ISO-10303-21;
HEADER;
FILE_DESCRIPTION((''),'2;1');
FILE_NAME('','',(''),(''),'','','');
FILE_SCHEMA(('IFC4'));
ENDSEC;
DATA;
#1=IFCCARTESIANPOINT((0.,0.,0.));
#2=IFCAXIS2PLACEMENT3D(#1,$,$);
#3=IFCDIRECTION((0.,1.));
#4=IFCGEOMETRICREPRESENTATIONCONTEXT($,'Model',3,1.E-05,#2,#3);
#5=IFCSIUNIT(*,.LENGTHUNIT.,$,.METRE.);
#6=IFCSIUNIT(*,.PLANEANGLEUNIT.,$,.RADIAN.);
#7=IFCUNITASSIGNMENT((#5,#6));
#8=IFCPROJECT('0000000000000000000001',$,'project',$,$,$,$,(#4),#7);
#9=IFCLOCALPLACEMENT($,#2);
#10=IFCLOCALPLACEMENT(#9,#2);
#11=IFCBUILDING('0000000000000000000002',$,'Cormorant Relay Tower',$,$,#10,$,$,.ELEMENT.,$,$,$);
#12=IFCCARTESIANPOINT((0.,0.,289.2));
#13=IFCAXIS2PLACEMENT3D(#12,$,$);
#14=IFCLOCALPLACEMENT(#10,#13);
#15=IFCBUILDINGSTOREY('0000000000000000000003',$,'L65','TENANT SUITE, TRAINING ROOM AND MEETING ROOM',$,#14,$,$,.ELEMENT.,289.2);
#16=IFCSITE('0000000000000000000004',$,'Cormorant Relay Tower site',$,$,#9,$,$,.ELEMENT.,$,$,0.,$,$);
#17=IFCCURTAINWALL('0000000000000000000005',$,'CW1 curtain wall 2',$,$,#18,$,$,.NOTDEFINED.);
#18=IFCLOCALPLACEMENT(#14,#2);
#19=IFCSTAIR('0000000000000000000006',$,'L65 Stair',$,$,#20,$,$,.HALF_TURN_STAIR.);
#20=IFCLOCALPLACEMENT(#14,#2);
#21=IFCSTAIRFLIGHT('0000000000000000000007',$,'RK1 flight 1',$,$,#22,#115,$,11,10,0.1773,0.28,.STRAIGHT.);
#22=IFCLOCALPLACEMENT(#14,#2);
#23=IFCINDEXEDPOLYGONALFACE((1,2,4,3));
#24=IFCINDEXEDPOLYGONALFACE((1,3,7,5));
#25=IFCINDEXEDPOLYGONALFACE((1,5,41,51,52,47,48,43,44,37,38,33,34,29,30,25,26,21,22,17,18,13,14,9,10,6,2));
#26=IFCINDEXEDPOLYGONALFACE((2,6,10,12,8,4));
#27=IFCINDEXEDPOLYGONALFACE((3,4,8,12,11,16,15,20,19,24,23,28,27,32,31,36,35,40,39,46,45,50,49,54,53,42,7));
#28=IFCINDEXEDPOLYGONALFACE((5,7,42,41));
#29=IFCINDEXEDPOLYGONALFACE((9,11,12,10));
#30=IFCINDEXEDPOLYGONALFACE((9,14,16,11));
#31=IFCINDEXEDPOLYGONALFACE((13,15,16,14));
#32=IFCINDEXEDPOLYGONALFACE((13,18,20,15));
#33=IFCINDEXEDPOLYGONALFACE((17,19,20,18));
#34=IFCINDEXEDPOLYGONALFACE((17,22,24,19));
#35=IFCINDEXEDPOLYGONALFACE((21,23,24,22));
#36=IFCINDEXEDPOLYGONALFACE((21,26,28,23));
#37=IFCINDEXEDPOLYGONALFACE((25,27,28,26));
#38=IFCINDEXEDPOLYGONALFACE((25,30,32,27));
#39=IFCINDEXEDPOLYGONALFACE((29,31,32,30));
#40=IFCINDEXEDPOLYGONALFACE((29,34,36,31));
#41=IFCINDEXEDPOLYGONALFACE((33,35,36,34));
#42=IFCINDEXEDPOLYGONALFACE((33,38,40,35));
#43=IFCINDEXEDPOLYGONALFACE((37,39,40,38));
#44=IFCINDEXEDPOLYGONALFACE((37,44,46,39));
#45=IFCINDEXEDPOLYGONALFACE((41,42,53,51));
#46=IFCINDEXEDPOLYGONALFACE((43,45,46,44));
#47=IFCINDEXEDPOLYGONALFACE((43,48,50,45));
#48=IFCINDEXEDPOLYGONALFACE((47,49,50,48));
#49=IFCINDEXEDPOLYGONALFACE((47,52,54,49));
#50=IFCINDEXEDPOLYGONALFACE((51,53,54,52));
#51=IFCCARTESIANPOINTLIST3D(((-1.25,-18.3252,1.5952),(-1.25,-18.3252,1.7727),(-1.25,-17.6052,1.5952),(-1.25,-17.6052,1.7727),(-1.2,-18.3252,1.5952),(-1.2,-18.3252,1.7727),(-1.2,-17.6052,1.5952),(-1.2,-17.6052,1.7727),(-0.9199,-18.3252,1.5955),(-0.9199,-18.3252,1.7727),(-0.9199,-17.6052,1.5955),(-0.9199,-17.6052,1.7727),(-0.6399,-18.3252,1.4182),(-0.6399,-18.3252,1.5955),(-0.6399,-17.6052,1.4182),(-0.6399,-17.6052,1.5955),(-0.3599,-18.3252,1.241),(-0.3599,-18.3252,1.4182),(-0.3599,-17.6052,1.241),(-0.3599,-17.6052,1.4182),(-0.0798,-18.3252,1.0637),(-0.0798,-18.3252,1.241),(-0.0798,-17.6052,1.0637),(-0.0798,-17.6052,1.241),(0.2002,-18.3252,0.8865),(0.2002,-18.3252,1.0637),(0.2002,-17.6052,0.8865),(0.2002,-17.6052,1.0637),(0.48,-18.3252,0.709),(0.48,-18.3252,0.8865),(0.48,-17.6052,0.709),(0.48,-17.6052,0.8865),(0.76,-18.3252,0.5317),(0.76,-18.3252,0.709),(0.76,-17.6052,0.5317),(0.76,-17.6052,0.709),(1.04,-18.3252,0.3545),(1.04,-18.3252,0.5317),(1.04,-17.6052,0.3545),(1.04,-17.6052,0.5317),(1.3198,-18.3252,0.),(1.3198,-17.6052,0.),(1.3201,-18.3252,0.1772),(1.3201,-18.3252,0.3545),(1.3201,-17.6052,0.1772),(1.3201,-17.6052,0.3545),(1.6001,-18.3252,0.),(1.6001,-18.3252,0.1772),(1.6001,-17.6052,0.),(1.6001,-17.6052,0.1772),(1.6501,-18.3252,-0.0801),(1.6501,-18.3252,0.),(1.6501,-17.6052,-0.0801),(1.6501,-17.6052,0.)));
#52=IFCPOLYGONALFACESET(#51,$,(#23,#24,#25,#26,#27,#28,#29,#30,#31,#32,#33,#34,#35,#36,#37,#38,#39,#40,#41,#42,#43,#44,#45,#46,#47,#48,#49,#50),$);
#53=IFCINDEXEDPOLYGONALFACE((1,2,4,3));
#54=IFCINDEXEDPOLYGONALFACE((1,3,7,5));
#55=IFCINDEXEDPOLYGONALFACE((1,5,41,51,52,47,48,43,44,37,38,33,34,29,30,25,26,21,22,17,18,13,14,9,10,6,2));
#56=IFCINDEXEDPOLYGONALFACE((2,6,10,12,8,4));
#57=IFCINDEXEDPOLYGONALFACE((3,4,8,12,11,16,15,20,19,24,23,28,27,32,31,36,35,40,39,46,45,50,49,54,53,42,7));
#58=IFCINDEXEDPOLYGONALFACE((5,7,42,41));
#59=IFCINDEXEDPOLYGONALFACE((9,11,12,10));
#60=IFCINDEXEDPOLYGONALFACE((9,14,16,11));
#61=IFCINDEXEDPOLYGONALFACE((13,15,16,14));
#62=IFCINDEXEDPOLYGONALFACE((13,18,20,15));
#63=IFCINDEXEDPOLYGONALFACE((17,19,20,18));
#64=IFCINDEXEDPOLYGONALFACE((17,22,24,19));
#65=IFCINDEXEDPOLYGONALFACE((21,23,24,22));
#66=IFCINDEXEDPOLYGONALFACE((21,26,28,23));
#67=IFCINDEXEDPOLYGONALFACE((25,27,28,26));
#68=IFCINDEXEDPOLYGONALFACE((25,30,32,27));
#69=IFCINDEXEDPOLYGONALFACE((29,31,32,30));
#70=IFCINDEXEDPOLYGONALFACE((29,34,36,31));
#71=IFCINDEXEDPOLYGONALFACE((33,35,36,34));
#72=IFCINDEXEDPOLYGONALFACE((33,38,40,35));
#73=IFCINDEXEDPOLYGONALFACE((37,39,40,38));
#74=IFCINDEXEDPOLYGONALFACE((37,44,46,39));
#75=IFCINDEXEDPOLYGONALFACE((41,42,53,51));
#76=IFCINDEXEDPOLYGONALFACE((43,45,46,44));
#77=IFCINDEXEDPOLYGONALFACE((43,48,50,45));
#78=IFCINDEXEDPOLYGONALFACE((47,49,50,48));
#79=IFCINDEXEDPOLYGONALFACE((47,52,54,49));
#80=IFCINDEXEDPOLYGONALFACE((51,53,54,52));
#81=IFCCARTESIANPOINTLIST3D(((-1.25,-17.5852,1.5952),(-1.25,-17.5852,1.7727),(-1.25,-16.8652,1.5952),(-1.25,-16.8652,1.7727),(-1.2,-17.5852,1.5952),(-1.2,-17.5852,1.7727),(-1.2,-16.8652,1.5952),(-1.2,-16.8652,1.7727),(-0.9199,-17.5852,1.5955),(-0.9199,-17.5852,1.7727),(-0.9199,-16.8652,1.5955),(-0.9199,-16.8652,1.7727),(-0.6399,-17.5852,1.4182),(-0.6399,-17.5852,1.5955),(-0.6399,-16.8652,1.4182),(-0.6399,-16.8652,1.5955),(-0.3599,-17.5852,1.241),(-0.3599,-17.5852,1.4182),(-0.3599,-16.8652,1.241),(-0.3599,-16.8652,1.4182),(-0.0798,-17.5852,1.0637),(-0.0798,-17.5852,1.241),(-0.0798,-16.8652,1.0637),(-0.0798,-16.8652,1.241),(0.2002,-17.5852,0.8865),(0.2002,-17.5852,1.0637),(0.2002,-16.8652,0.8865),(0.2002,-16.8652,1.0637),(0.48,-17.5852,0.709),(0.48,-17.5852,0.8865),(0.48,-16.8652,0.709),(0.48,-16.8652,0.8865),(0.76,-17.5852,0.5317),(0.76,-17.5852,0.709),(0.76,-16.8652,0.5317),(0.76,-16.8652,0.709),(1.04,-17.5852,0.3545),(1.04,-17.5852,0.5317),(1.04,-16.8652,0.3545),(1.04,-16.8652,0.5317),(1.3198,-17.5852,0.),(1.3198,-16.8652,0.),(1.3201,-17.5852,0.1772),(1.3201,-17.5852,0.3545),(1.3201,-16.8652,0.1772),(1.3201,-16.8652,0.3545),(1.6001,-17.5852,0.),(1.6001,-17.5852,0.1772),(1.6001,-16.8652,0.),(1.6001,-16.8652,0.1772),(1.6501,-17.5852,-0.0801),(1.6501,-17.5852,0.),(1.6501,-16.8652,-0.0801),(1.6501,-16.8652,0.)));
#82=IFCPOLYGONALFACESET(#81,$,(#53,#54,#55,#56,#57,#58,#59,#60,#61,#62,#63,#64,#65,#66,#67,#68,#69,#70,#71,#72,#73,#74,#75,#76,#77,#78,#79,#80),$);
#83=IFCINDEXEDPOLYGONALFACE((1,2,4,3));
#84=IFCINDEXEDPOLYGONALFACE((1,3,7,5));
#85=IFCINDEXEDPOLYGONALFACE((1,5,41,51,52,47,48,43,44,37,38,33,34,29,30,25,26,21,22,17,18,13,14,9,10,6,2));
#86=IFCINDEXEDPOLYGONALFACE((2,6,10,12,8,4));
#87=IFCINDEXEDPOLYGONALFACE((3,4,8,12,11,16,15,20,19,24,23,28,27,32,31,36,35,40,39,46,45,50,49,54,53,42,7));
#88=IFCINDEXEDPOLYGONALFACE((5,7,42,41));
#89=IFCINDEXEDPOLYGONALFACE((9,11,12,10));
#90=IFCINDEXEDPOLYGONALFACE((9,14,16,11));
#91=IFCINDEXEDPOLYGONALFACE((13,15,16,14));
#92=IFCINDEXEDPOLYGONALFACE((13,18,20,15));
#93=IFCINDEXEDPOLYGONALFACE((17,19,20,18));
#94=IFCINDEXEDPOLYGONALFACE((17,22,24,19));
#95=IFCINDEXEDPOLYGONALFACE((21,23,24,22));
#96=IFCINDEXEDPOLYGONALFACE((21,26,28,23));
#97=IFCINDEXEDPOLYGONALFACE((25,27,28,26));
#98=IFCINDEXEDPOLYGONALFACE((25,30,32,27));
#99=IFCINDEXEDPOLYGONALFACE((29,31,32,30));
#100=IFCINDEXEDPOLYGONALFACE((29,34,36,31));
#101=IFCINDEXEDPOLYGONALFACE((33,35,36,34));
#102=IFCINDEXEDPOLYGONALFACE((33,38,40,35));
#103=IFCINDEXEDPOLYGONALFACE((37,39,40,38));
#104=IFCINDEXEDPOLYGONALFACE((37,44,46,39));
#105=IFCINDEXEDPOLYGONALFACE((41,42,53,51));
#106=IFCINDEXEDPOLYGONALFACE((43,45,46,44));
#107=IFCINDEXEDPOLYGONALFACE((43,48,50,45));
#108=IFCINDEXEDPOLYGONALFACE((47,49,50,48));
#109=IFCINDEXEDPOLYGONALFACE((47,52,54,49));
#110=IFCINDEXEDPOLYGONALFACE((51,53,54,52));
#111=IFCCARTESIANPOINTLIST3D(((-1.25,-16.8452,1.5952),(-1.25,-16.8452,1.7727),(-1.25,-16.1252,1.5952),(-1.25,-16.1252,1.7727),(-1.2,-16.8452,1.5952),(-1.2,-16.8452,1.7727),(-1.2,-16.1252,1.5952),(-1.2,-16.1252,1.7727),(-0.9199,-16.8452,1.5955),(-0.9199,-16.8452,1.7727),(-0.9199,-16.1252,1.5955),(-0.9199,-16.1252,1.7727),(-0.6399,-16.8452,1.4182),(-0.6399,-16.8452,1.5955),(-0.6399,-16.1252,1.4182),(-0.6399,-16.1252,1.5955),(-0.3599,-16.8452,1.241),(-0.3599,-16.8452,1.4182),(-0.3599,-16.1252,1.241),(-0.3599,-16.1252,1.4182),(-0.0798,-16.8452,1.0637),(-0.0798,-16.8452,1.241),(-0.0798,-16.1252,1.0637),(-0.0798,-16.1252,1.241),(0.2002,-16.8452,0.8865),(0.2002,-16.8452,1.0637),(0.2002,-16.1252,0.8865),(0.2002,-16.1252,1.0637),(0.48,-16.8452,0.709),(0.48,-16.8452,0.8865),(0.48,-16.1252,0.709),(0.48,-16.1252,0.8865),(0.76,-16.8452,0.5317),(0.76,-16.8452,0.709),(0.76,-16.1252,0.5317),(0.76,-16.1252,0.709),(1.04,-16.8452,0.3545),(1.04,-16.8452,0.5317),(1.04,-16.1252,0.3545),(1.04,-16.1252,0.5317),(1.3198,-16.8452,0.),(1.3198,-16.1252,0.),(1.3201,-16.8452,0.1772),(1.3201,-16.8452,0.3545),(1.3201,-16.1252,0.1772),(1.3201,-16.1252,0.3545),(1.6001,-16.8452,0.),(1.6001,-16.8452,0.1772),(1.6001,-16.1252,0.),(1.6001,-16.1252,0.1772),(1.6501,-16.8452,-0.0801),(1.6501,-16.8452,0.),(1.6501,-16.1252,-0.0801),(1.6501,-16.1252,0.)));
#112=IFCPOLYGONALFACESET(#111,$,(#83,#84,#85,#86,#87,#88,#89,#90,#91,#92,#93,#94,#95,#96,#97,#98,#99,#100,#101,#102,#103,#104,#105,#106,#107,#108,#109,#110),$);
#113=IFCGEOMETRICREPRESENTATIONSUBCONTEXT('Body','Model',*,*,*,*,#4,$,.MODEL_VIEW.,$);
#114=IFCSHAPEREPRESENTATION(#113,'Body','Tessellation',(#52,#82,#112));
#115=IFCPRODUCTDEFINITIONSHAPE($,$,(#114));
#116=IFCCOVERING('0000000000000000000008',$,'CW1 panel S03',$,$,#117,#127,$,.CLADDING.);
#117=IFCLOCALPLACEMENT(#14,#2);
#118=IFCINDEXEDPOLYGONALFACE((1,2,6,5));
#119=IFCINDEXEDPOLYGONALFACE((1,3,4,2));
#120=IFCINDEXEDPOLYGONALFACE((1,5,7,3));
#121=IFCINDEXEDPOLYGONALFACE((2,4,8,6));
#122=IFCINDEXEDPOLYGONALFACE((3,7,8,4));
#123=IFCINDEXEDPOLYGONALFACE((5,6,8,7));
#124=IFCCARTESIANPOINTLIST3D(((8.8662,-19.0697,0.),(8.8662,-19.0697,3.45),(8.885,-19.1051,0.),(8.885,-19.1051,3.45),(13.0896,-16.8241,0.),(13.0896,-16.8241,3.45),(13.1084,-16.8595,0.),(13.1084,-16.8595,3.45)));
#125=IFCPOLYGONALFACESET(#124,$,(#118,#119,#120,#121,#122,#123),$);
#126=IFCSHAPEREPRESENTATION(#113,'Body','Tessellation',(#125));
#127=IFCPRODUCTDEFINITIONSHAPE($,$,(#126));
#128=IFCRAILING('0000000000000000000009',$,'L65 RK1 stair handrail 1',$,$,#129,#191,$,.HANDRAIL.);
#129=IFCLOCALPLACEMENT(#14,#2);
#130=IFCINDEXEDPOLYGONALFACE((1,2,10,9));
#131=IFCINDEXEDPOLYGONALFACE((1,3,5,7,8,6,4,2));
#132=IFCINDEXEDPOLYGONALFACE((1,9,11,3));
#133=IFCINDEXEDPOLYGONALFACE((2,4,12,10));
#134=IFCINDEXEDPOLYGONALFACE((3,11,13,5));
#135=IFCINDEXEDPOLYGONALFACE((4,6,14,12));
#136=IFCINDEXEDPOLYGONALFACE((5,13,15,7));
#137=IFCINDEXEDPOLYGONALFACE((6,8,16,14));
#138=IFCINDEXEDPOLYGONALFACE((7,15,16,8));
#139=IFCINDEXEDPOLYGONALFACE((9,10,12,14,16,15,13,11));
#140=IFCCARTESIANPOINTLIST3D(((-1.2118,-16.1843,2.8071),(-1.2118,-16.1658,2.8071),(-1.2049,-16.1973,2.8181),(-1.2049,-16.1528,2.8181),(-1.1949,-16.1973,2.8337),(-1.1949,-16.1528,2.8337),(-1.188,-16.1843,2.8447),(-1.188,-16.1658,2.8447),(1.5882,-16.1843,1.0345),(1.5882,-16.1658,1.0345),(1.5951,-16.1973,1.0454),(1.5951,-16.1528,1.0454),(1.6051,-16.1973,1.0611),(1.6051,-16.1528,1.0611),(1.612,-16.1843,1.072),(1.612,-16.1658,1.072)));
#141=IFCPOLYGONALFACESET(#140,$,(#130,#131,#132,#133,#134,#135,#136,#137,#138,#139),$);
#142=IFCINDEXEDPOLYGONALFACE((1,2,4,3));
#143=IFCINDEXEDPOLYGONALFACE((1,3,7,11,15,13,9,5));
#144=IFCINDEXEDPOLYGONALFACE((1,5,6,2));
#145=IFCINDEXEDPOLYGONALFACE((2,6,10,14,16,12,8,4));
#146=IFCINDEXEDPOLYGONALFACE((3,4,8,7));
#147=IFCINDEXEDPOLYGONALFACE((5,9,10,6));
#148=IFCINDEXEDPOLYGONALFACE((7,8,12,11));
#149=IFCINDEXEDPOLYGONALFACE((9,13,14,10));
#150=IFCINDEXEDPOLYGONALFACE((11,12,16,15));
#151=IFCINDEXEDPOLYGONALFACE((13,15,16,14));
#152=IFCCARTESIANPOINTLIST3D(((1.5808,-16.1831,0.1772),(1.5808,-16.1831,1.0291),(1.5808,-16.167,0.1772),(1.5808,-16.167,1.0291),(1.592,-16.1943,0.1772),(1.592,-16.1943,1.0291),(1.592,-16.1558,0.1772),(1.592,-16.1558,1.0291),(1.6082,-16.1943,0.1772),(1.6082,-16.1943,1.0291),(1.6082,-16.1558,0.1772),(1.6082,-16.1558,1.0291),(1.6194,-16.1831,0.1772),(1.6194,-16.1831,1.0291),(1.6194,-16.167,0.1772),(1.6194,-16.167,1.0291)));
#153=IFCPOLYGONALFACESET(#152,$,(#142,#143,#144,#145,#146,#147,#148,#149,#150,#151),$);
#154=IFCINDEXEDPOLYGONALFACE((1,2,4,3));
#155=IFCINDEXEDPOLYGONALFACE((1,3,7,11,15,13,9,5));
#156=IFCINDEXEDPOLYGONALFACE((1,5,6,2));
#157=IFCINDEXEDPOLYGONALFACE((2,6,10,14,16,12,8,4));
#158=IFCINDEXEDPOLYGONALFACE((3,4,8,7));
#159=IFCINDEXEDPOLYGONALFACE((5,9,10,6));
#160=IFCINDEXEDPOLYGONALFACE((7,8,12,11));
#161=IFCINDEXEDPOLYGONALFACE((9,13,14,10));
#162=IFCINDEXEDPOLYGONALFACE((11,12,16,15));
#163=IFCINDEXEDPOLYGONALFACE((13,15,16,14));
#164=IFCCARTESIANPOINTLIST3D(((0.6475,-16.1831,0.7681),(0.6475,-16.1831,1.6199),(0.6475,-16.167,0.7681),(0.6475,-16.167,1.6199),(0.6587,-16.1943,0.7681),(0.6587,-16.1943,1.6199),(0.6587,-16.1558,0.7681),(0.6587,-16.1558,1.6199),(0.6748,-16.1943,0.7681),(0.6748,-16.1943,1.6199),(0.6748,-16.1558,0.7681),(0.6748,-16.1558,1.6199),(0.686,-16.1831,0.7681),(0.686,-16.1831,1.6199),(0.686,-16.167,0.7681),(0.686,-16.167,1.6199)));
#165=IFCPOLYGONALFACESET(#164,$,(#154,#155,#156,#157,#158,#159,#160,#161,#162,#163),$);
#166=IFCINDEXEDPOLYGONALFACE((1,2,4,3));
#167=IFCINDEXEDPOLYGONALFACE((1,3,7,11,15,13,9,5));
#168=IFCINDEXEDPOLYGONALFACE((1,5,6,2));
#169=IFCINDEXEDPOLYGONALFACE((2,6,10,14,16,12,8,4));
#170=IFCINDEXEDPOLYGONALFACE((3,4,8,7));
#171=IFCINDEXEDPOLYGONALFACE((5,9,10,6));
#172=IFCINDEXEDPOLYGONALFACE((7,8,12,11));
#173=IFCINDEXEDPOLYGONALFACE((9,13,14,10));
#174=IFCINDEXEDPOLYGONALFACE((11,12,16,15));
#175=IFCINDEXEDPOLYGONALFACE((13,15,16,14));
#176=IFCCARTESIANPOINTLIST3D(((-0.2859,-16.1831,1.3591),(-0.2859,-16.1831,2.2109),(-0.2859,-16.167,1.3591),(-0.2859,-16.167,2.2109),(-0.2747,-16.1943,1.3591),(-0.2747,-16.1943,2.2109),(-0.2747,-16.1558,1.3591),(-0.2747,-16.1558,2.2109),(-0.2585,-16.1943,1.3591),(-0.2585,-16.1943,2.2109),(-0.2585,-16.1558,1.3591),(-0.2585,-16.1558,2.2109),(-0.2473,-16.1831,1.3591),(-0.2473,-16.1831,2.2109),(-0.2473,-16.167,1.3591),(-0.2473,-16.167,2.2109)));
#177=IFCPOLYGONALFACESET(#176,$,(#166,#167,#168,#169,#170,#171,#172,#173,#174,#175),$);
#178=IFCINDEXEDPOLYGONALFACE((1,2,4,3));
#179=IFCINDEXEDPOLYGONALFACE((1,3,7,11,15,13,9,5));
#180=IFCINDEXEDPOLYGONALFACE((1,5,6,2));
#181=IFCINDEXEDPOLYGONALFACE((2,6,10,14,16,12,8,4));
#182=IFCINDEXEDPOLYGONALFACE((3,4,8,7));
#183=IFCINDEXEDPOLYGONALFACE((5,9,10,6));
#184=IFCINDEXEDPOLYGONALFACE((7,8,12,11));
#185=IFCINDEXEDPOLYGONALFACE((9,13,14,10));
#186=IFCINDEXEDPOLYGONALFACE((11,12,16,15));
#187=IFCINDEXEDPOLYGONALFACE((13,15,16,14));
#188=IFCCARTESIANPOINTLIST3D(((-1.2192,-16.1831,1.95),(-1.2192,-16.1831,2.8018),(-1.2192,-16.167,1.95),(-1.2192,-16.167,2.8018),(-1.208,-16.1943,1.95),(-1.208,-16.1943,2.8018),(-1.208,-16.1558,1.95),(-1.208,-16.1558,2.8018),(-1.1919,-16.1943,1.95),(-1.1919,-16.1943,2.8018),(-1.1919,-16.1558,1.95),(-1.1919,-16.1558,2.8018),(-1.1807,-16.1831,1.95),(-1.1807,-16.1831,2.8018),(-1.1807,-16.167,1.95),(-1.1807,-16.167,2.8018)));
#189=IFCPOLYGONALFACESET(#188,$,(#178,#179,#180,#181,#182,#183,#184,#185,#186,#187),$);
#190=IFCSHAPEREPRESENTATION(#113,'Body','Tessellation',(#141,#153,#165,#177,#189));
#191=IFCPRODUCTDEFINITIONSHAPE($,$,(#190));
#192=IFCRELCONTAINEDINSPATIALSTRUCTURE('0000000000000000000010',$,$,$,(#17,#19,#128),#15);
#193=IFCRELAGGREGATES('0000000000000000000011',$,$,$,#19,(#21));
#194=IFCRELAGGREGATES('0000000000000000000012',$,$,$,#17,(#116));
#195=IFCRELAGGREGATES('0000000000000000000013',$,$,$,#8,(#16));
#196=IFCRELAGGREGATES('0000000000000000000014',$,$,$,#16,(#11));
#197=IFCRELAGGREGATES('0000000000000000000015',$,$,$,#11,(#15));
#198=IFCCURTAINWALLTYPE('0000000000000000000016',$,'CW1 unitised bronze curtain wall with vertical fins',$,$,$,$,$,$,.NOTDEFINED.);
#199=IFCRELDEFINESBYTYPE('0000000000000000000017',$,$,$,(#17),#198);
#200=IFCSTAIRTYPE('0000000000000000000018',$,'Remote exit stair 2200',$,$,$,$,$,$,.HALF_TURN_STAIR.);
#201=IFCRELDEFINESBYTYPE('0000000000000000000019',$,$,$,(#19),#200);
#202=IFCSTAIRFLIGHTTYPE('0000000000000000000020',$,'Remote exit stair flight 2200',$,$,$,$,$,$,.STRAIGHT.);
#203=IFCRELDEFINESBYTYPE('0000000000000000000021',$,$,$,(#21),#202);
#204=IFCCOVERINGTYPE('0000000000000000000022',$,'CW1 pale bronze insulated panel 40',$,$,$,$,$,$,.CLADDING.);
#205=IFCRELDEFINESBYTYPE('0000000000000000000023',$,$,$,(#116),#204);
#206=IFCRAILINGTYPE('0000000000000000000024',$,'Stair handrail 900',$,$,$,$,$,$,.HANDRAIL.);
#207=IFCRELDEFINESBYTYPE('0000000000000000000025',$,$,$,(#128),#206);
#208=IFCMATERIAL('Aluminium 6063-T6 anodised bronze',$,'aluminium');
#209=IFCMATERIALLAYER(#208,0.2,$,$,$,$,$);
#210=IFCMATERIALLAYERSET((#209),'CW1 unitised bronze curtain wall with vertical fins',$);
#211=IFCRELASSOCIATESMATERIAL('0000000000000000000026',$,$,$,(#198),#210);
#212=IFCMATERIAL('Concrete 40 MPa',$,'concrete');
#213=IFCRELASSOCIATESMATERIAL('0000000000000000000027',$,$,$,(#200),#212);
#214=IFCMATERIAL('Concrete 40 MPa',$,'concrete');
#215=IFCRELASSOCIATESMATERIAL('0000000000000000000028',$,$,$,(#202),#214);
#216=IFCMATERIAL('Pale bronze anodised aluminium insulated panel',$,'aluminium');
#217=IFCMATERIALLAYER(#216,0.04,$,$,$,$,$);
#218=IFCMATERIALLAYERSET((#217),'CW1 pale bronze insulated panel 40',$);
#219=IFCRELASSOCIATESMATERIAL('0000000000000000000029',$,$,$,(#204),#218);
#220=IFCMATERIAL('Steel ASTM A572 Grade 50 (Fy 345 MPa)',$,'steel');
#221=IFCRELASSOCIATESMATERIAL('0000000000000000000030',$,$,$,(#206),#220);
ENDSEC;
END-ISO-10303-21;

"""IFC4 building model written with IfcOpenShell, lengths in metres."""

from ifc_helpers import new_model, si_unit, direction, frame, origin, origin_2d, place, context, subcontext, project, spatial, polyline, rectangle, outline, extrude, material, layer, layer_set, type_object, element, aggregate, save


model = new_model("IFC4")

# Units and contexts
model_context = context("Model", 3, precision=1e-05, world=origin(), true_north=direction((0.0, 1.0)))
body_context = subcontext(model_context, "Body", "Model", "MODEL_VIEW")
ifc_project = project(units=[si_unit("LENGTHUNIT", "METRE"), si_unit("PLANEANGLEUNIT", "RADIAN")], contexts=[model_context])

# Site, building, storey
site_placement = place(None, origin())
site = spatial("IfcSite", under=ifc_project, at=site_placement, Name="Cormorant Relay Tower site", CompositionType="ELEMENT", RefElevation=0.0)
building_placement = place(site_placement, origin())
building = spatial("IfcBuilding", under=site, at=building_placement, Name="Cormorant Relay Tower", CompositionType="ELEMENT")
storey_placement = place(building_placement, frame((0.0, 0.0, 289.2)))
storey = spatial("IfcBuildingStorey", under=building, at=storey_placement, Name="L65", Description="TENANT SUITE, TRAINING ROOM AND MEETING ROOM", CompositionType="ELEMENT", Elevation=289.2)

# Curtain wall
ifc_material_1 = material(Name="Aluminium 6063-T6 anodised bronze", Category="aluminium")
ifc_layer_1 = layer(ifc_material_1, 0.2)
ifc_layer_set_1 = layer_set([ifc_layer_1], Name="CW1 unitised bronze curtain wall with vertical fins")
curtain_wall_type = type_object("IfcCurtainWallType", Name="CW1 unitised bronze curtain wall with vertical fins", PredefinedType="NOTDEFINED", material=ifc_layer_set_1)
curtain_wall_placement = place(storey_placement, origin())
curtain_wall = element("IfcCurtainWall", 1, at=curtain_wall_placement, inside=storey, type_object=curtain_wall_type, Name="CW1 curtain wall 2", PredefinedType="NOTDEFINED")

# Stair
ifc_material_2 = material(Name="Concrete 40 MPa", Category="concrete")
stair_type_1 = type_object("IfcStairType", Name="Remote exit stair 2200", PredefinedType="HALF_TURN_STAIR", material=ifc_material_2)
stair_1_placement = place(storey_placement, origin())
stair_1 = element("IfcStair", 2, at=stair_1_placement, inside=storey, type_object=stair_type_1, Name="L65 Stair", PredefinedType="HALF_TURN_STAIR")

# Stair flight
ifc_material_3 = material(Name="Concrete 40 MPa", Category="concrete")
stair_flight_type = type_object("IfcStairFlightType", Name="Remote exit stair flight 2200", PredefinedType="STRAIGHT", material=ifc_material_3)
stair_flight_placement = place(storey_placement, frame((1.6001, -17.2251, 0.0), z_axis=(0.0, 0.0, 1.0), x_axis=(-1.0, 0.0, 0.0)))
stair_flight = element("IfcStairFlight", 3, at=stair_flight_placement, type_object=stair_flight_type, Name="RK1 flight 1", NumberOfRisers=11, NumberOfTreads=10, PredefinedType="STRAIGHT", RiserHeight=0.1773, TreadLength=0.28, context=body_context, shape_type="SweptSolid", body=[
    extrude(outline(polyline([(-0.05, -0.0801), (-0.05, 0.0), (0.0, 0.0), (0.0, 0.1772), (0.28, 0.1772), (0.28, 0.3545), (0.5601, 0.3545), (0.5601, 0.5317), (0.8401, 0.5317), (0.8401, 0.709), (1.1201, 0.709), (1.1201, 0.8865), (1.3999, 0.8865), (1.3999, 1.0637), (1.6799, 1.0637), (1.6799, 1.241), (1.96, 1.241), (1.96, 1.4182), (2.24, 1.4182), (2.24, 1.5955), (2.52, 1.5955), (2.52, 1.7727), (2.8, 1.7727), (2.8501, 1.7727), (2.8501, 1.5952), (2.8, 1.5952), (0.2803, 0.0), (-0.05, -0.0801)])), frame((0.0, 1.1001, 0.0), z_axis=(0.0, -1.0, 0.0), x_axis=(1.0, 0.0, 0.0)), (0.0, 0.0, 1.0), 0.72),
    extrude(outline(polyline([(-0.05, -0.0801), (-0.05, 0.0), (0.0, 0.0), (0.0, 0.1772), (0.28, 0.1772), (0.28, 0.3545), (0.5601, 0.3545), (0.5601, 0.5317), (0.8401, 0.5317), (0.8401, 0.709), (1.1201, 0.709), (1.1201, 0.8865), (1.3999, 0.8865), (1.3999, 1.0637), (1.6799, 1.0637), (1.6799, 1.241), (1.96, 1.241), (1.96, 1.4182), (2.24, 1.4182), (2.24, 1.5955), (2.52, 1.5955), (2.52, 1.7727), (2.8, 1.7727), (2.8501, 1.7727), (2.8501, 1.5952), (2.8, 1.5952), (0.2803, 0.0), (-0.05, -0.0801)])), frame((0.0, 0.3601, 0.0), z_axis=(0.0, -1.0, 0.0), x_axis=(1.0, 0.0, 0.0)), (0.0, 0.0, 1.0), 0.72),
    extrude(outline(polyline([(-0.05, -0.0801), (-0.05, 0.0), (0.0, 0.0), (0.0, 0.1772), (0.28, 0.1772), (0.28, 0.3545), (0.5601, 0.3545), (0.5601, 0.5317), (0.8401, 0.5317), (0.8401, 0.709), (1.1201, 0.709), (1.1201, 0.8865), (1.3999, 0.8865), (1.3999, 1.0637), (1.6799, 1.0637), (1.6799, 1.241), (1.96, 1.241), (1.96, 1.4182), (2.24, 1.4182), (2.24, 1.5955), (2.52, 1.5955), (2.52, 1.7727), (2.8, 1.7727), (2.8501, 1.7727), (2.8501, 1.5952), (2.8, 1.5952), (0.2803, 0.0), (-0.05, -0.0801)])), frame((0.0, -0.3799, 0.0), z_axis=(0.0, -1.0, 0.0), x_axis=(1.0, 0.0, 0.0)), (0.0, 0.0, 1.0), 0.72),
])
aggregate(stair_1, [stair_flight])

# Covering
ifc_material_4 = material(Name="Pale bronze anodised aluminium insulated panel", Category="aluminium")
ifc_layer_2 = layer(ifc_material_4, 0.04)
ifc_layer_set_2 = layer_set([ifc_layer_2], Name="CW1 pale bronze insulated panel 40")
covering_type = type_object("IfcCoveringType", Name="CW1 pale bronze insulated panel 40", PredefinedType="CLADDING", material=ifc_layer_set_2)
covering_placement = place(storey_placement, frame((10.9873, -17.9646, 0.0), z_axis=(0.0, 0.0, 1.0), x_axis=(0.882948, 0.469472, 0.0)))
covering = element("IfcCovering", 4, at=covering_placement, type_object=covering_type, Name="CW1 panel S03", PredefinedType="CLADDING", context=body_context, shape_type="SweptSolid", body=[
    extrude(rectangle(XDim=4.7832, YDim=0.04, at=origin_2d()), origin(), (0.0, 0.0, 1.0), 3.45),
])
aggregate(curtain_wall, [covering])

# Railing
ifc_material_5 = material(Name="Steel ASTM A572 Grade 50 (Fy 345 MPa)", Category="steel")
railing_type_1 = type_object("IfcRailingType", Name="Stair handrail 900", PredefinedType="HANDRAIL", material=ifc_material_5)
railing_1_placement = place(storey_placement, frame((1.6001, -16.175, 0.1772)))
element("IfcRailing", 5, at=railing_1_placement, inside=storey, type_object=railing_type_1, Name="L65 RK1 stair handrail 1", PredefinedType="HANDRAIL", context=body_context, shape_type="SweptSolid", body=[
    extrude(outline(polyline([(0.0222, 0.0093), (0.0093, 0.0222), (-0.0093, 0.0222), (-0.0222, 0.0093), (-0.0222, -0.0093), (-0.0093, -0.0222), (0.0093, -0.0222), (0.0222, -0.0093), (0.0222, 0.0093)])), frame((0.0, 0.0, 0.876), z_axis=(-0.844909, 0.0, 0.53491), x_axis=(0.0, -1.0, 0.0)), (0.0, 0.0, 1.0), 3.314),
    extrude(outline(polyline([(0.0193, 0.0081), (0.0081, 0.0193), (-0.0081, 0.0193), (-0.0193, 0.0081), (-0.0193, -0.0081), (-0.0081, -0.0193), (0.0081, -0.0193), (0.0193, -0.0081), (0.0193, 0.0081)])), origin(), (0.0, 0.0, 1.0), 0.8518),
    extrude(outline(polyline([(0.0193, 0.0081), (0.0081, 0.0193), (-0.0081, 0.0193), (-0.0193, 0.0081), (-0.0193, -0.0081), (-0.0081, -0.0193), (0.0081, -0.0193), (0.0193, -0.0081), (0.0193, 0.0081)])), frame((-0.9333, 0.0, 0.5908)), (0.0, 0.0, 1.0), 0.8518),
    extrude(outline(polyline([(0.0193, 0.0081), (0.0081, 0.0193), (-0.0081, 0.0193), (-0.0193, 0.0081), (-0.0193, -0.0081), (-0.0081, -0.0193), (0.0081, -0.0193), (0.0193, -0.0081), (0.0193, 0.0081)])), frame((-1.8667, 0.0, 1.1819)), (0.0, 0.0, 1.0), 0.8518),
    extrude(outline(polyline([(0.0193, 0.0081), (0.0081, 0.0193), (-0.0081, 0.0193), (-0.0193, 0.0081), (-0.0193, -0.0081), (-0.0081, -0.0193), (0.0081, -0.0193), (0.0193, -0.0081), (0.0193, 0.0081)])), frame((-2.8, 0.0, 1.7727)), (0.0, 0.0, 1.0), 0.8518),
])

save(model, "model.ifc")
